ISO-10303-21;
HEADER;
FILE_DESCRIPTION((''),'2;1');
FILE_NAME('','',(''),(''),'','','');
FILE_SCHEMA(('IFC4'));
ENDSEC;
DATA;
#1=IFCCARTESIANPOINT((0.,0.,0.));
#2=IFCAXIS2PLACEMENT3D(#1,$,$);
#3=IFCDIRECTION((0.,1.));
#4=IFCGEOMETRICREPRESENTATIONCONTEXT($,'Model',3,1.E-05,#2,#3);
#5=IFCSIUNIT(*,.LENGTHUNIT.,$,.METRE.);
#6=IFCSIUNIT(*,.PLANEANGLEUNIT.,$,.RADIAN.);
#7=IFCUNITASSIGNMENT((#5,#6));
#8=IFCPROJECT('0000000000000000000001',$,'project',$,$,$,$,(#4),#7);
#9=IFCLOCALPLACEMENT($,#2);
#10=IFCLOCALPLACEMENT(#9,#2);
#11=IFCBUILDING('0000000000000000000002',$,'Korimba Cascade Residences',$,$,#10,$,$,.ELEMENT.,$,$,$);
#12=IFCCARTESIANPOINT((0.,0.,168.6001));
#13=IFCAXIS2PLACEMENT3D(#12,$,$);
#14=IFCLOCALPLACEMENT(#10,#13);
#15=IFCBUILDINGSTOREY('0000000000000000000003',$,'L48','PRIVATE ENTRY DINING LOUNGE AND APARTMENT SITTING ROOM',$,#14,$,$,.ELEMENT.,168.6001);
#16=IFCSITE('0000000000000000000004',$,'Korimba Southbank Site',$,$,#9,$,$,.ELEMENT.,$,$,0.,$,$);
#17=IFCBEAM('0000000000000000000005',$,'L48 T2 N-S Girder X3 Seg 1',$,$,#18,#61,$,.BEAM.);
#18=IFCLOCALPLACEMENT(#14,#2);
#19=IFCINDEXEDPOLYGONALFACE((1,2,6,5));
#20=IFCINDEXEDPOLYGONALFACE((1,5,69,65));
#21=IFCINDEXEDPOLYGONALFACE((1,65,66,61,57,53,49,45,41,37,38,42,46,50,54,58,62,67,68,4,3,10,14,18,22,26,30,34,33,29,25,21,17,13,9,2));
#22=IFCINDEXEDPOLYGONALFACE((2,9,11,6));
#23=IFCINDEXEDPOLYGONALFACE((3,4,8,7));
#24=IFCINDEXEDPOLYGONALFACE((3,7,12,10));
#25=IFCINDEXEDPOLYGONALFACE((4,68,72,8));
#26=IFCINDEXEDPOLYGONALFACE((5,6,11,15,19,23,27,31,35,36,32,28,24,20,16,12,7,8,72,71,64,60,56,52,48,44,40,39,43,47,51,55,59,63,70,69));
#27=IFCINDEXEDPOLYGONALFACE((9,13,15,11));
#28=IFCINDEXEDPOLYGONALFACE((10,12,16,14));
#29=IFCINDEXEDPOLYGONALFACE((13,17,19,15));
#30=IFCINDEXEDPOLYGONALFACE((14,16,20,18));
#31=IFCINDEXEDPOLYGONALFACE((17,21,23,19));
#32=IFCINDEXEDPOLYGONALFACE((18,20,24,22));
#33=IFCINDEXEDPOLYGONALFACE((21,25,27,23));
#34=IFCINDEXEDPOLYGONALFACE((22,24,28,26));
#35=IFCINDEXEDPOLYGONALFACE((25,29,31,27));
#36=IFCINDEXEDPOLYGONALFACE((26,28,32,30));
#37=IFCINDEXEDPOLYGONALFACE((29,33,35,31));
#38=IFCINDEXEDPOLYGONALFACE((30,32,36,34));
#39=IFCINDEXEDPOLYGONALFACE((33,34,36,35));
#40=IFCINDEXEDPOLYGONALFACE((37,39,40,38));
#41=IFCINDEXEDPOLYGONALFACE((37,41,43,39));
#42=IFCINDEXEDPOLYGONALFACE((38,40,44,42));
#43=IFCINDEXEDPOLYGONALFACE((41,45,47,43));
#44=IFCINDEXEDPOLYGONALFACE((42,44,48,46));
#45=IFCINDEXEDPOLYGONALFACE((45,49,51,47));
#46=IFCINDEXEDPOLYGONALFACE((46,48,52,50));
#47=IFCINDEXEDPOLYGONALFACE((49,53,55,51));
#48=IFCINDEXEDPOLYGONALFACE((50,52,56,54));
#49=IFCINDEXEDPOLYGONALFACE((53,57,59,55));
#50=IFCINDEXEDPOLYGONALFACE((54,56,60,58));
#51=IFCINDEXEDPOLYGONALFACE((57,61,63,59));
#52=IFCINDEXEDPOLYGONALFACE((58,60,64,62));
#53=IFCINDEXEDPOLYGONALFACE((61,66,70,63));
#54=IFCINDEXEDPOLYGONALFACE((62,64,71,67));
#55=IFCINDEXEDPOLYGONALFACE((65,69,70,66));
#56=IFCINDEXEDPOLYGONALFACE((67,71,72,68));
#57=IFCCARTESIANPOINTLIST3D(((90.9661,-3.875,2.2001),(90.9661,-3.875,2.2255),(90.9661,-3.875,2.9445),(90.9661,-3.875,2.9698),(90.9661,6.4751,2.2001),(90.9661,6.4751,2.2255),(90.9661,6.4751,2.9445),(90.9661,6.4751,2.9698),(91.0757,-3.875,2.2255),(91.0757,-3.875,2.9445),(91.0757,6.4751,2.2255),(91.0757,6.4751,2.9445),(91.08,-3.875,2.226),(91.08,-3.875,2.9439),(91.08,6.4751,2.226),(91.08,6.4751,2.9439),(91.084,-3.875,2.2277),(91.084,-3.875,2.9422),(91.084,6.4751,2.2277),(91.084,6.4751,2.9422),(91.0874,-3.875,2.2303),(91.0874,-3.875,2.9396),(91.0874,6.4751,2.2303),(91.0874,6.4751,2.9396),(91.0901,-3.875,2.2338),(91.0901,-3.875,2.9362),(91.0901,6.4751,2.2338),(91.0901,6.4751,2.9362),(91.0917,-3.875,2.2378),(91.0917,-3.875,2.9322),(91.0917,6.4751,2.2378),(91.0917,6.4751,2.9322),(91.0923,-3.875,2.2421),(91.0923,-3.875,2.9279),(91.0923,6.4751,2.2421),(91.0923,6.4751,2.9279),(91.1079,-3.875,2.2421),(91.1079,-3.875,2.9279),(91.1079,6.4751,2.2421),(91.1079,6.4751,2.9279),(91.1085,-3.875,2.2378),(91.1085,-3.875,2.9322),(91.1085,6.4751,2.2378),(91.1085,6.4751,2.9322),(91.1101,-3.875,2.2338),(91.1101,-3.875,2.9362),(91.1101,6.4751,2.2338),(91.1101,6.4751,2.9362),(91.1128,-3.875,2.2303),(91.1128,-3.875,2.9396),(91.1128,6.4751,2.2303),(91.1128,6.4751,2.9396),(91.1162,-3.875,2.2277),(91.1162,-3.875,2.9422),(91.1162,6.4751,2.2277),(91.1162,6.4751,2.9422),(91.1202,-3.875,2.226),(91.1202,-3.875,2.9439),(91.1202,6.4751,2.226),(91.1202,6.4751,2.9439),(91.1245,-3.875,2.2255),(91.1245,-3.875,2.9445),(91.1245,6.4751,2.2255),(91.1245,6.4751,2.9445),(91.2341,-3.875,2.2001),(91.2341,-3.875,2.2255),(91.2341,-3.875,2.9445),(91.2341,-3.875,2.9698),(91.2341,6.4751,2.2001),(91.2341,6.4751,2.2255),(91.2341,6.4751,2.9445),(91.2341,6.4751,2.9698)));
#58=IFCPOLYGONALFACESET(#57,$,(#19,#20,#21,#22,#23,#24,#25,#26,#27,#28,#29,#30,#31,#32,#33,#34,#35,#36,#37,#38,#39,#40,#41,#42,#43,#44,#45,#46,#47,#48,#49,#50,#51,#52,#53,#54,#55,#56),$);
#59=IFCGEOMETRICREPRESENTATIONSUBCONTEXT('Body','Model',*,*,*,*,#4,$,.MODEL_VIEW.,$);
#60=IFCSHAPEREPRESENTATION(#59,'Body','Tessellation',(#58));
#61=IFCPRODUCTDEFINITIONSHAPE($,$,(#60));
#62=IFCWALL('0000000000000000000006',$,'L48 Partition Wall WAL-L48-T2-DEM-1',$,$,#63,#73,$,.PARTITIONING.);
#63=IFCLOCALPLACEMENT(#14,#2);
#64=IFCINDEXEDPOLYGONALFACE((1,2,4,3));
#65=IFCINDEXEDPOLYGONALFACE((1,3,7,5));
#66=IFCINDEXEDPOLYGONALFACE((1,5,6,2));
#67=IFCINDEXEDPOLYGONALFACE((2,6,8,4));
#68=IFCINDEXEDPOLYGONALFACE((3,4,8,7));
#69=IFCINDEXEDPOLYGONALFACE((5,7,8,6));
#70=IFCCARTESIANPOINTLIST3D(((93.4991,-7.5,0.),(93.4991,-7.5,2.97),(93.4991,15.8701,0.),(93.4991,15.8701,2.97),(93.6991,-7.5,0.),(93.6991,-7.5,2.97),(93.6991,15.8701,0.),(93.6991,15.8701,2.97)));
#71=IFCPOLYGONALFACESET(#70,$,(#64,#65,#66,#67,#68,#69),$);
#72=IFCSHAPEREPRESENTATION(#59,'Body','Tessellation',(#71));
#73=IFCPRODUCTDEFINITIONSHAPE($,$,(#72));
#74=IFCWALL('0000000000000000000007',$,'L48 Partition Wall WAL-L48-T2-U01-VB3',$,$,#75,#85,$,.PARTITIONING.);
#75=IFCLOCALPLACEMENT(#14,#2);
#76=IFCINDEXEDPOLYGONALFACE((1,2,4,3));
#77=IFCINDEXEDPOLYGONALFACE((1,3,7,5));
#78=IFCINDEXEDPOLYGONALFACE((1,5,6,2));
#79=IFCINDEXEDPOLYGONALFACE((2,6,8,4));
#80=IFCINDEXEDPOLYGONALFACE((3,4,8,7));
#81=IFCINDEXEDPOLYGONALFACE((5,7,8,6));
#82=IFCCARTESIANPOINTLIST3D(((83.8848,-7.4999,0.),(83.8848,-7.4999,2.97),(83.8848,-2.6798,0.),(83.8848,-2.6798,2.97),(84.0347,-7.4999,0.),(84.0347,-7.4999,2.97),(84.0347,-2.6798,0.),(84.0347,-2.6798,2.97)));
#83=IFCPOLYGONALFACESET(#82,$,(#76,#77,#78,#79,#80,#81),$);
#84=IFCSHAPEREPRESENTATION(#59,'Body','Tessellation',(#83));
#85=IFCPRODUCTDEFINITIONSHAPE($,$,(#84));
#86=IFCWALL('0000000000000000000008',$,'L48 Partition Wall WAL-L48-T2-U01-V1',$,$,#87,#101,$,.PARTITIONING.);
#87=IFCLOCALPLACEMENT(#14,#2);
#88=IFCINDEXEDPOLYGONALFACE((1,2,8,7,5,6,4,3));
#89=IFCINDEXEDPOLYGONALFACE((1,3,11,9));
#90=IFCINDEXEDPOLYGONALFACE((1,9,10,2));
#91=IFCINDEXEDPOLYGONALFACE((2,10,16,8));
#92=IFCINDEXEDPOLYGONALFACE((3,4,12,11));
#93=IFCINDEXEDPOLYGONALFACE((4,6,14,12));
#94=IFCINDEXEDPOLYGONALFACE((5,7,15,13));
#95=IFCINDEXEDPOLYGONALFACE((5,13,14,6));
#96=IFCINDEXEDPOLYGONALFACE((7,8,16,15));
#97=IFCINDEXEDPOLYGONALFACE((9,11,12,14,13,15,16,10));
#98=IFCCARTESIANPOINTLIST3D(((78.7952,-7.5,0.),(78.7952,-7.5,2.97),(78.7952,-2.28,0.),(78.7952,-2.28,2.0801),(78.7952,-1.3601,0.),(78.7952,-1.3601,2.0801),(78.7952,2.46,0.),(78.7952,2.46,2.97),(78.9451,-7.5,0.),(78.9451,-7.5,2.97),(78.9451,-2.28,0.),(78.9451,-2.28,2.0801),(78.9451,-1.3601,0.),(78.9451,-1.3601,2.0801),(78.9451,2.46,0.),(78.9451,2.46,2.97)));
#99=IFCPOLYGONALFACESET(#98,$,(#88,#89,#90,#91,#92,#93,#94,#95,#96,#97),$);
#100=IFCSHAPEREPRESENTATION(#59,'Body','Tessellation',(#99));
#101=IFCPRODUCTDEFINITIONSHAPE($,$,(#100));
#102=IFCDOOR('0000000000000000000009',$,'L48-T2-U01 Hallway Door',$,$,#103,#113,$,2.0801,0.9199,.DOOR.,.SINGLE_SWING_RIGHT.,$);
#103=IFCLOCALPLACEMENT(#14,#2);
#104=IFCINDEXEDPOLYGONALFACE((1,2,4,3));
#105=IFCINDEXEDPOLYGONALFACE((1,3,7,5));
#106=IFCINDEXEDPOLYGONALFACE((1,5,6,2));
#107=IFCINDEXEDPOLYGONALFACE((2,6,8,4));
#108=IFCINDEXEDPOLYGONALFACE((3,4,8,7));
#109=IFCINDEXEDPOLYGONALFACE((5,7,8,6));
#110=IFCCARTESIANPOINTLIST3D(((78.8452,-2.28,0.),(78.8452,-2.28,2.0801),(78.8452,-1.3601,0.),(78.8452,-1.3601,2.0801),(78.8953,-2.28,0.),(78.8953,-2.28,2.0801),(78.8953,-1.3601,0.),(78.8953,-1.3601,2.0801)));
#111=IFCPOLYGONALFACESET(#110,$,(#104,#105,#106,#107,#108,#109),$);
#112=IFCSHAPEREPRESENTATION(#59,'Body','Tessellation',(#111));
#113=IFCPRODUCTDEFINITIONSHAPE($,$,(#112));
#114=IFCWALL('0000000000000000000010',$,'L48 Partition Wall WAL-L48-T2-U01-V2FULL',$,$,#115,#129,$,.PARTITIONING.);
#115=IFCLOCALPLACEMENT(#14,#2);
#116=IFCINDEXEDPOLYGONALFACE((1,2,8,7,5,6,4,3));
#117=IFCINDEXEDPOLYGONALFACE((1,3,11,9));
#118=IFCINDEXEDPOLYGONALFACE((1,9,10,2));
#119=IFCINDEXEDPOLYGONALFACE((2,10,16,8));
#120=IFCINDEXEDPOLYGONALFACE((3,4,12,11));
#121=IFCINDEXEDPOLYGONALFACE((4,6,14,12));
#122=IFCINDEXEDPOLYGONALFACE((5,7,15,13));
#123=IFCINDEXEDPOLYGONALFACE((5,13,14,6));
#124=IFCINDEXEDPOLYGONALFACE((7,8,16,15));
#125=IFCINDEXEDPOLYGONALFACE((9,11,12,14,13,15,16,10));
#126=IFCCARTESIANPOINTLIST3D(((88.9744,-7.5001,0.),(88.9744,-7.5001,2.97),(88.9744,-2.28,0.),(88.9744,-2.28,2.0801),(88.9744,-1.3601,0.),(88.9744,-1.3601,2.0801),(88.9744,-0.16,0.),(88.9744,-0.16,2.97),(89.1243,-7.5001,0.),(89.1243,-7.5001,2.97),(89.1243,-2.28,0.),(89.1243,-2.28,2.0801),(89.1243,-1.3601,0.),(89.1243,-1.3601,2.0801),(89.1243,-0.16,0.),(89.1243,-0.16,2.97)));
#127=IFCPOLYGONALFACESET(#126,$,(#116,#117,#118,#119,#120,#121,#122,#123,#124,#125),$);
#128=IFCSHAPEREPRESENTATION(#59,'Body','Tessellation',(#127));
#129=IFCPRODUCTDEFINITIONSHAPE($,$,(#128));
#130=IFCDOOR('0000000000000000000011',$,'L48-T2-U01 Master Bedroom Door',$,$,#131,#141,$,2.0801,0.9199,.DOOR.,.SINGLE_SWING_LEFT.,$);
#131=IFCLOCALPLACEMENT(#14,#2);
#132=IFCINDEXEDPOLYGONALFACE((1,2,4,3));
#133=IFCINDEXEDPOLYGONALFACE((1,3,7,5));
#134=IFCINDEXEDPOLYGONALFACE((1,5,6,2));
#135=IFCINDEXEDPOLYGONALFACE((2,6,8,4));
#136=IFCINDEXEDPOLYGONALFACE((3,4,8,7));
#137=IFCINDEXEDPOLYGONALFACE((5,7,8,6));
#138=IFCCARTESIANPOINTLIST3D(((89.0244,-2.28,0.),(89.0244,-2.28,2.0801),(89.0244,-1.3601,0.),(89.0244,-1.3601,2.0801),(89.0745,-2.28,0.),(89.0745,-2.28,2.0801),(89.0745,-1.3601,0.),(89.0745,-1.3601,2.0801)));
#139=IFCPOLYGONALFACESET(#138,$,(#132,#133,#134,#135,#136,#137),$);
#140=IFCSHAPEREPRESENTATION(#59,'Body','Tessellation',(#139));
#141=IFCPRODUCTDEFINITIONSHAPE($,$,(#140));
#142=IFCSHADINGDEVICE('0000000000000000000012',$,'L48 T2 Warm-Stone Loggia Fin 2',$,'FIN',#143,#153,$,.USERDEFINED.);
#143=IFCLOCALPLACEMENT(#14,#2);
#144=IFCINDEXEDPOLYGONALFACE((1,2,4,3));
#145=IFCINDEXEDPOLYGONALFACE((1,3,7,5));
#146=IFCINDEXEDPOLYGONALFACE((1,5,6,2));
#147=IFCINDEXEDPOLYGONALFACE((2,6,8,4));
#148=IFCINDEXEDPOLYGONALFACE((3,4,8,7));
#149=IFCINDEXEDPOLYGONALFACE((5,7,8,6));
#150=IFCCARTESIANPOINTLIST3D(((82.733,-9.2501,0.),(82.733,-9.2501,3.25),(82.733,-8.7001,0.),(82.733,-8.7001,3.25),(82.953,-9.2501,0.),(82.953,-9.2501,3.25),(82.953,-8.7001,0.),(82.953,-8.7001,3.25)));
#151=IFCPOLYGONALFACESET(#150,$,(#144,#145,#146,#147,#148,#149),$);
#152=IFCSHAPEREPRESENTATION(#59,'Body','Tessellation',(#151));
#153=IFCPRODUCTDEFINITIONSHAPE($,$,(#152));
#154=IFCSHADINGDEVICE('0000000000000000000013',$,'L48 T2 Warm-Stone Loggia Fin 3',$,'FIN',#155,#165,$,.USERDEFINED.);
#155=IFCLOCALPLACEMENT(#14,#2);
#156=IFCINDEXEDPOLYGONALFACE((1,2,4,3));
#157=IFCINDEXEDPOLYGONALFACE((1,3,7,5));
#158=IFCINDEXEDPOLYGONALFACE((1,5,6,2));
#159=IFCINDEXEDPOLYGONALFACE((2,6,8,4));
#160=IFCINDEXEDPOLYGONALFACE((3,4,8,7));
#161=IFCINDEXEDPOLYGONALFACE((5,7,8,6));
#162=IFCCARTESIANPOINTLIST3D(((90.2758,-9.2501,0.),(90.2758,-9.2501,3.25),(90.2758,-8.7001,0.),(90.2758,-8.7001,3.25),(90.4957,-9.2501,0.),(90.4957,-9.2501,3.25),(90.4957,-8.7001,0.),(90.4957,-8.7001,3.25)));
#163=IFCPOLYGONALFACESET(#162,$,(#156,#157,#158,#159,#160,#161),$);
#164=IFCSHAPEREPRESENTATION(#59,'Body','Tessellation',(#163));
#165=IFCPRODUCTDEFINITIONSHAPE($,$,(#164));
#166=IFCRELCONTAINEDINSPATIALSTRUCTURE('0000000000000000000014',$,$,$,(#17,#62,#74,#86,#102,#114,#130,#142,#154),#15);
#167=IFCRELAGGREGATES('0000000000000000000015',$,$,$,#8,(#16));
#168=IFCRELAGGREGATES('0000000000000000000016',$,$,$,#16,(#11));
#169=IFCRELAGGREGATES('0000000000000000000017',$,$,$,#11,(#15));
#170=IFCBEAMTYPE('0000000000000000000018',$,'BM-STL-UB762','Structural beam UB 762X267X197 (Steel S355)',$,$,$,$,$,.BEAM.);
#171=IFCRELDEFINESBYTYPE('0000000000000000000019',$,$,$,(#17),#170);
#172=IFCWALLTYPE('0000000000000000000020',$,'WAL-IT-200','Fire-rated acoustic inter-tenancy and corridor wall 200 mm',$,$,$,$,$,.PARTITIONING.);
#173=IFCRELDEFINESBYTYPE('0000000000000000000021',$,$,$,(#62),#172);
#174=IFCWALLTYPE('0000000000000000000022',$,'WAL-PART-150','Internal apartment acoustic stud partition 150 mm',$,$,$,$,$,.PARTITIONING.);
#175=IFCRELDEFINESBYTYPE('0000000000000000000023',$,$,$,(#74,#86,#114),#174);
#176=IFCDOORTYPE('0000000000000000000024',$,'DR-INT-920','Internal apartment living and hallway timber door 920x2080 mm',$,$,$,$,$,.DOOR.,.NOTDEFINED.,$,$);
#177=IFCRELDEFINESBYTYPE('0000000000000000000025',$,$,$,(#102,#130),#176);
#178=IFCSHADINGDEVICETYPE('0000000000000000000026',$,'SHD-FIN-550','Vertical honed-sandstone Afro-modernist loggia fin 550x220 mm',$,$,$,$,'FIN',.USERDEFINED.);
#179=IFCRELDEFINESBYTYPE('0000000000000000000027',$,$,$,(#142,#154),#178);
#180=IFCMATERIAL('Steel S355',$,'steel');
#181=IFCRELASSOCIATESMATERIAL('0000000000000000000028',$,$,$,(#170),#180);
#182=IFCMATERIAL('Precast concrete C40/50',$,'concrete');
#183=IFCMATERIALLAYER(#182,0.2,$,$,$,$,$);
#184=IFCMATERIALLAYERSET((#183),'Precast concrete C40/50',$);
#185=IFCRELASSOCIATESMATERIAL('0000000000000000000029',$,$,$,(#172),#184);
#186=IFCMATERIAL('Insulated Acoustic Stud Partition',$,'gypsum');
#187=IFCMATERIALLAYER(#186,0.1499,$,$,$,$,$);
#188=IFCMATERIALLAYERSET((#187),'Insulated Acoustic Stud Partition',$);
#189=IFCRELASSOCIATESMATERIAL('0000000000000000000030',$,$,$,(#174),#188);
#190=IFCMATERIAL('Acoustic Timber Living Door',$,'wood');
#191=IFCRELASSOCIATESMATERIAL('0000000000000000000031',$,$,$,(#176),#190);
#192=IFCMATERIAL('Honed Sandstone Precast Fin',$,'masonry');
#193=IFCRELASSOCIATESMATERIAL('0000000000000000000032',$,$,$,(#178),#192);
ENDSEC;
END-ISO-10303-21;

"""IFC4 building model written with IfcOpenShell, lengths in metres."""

from ifc_helpers import new_model, si_unit, direction, frame, frame_2d, origin, origin_2d, place, context, subcontext, project, spatial, rectangle, i_section, extrude, material, layer, layer_set, material_profile, profile_set, type_object, element, fill, save


model = new_model("IFC4")

# Units and contexts
model_context = context("Model", 3, precision=1e-05, world=origin(), true_north=direction((0.0, 1.0)))
body_context = subcontext(model_context, "Body", "Model", "MODEL_VIEW")
ifc_project = project(units=[si_unit("LENGTHUNIT", "METRE"), si_unit("PLANEANGLEUNIT", "RADIAN")], contexts=[model_context])

# Site, building, storey
site_placement = place(None, origin())
site = spatial("IfcSite", under=ifc_project, at=site_placement, Name="Korimba Southbank Site", CompositionType="ELEMENT", RefElevation=0.0)
building_placement = place(site_placement, origin())
building = spatial("IfcBuilding", under=site, at=building_placement, Name="Korimba Cascade Residences", CompositionType="ELEMENT")
storey_placement = place(building_placement, frame((0.0, 0.0, 168.6001)))
storey = spatial("IfcBuildingStorey", under=building, at=storey_placement, Name="L48", Description="PRIVATE ENTRY DINING LOUNGE AND APARTMENT SITTING ROOM", CompositionType="ELEMENT", Elevation=168.6001)

# Beam
ifc_material_1 = material(Name="Steel S355", Category="steel")
ifc_material_profile_1 = material_profile(ifc_material_1, i_section(OverallWidth=0.2681, OverallDepth=0.7698, WebThickness=0.0156, FlangeThickness=0.0254, FilletRadius=0.0166, at=origin_2d()), Name="Steel S355")
ifc_profile_set_1 = profile_set([ifc_material_profile_1], Name="Steel S355")
beam_type_1 = type_object("IfcBeamType", Name="BM-STL-UB762", Description="Structural beam UB 762X267X197 (Steel S355)", PredefinedType="BEAM", material=ifc_profile_set_1)
for number, where, z_axis, x_axis, name in (
    (1, (91.1001, -3.875, 2.585), (0.0, 1.0, 0.0), (-1.0, 0.0, 0.0), "L48 T2 N-S Girder X3 Seg 1"),
):
    element("IfcBeam", number, at=place(storey_placement, frame(where, z_axis=z_axis, x_axis=x_axis)), inside=storey, type_object=beam_type_1, Name=name, PredefinedType="BEAM", context=body_context, shape_type="SweptSolid", body=[
        extrude(i_section(OverallWidth=0.2681, OverallDepth=0.7698, WebThickness=0.0156, FlangeThickness=0.0254, FilletRadius=0.0166, at=origin_2d()), origin(), (0.0, 0.0, 1.0), 10.3501),
    ])

# Walls
ifc_material_2 = material(Name="Precast concrete C40/50", Category="concrete")
ifc_layer_1 = layer(ifc_material_2, 0.2)
ifc_layer_set_1 = layer_set([ifc_layer_1], Name="Precast concrete C40/50")
wall_type_1 = type_object("IfcWallType", Name="WAL-IT-200", Description="Fire-rated acoustic inter-tenancy and corridor wall 200 mm", PredefinedType="PARTITIONING", material=ifc_layer_set_1)
wall_1_placement = place(storey_placement, frame((93.5991, -7.5, 0.0), z_axis=(0.0, 0.0, 1.0), x_axis=(0.0, 1.0, 0.0)))
element("IfcWall", 2, at=wall_1_placement, inside=storey, type_object=wall_type_1, Name="L48 Partition Wall WAL-L48-T2-DEM-1", PredefinedType="PARTITIONING", context=body_context, shape_type="SweptSolid", body=[
    extrude(rectangle(XDim=23.3701, YDim=0.2, at=frame_2d((11.6851, 0.0))), origin(), (0.0, 0.0, 1.0), 2.97),
])
ifc_material_3 = material(Name="Insulated Acoustic Stud Partition", Category="gypsum")
ifc_layer_2 = layer(ifc_material_3, 0.1499)
ifc_layer_set_2 = layer_set([ifc_layer_2], Name="Insulated Acoustic Stud Partition")
wall_type_2 = type_object("IfcWallType", Name="WAL-PART-150", Description="Internal apartment acoustic stud partition 150 mm", PredefinedType="PARTITIONING", material=ifc_layer_set_2)
wall_2_placement = place(storey_placement, frame((83.9597, -7.5, 0.0), z_axis=(0.0, 0.0, 1.0), x_axis=(0.0, 1.0, 0.0)))
element("IfcWall", 3, at=wall_2_placement, inside=storey, type_object=wall_type_2, Name="L48 Partition Wall WAL-L48-T2-U01-VB3", PredefinedType="PARTITIONING", context=body_context, shape_type="SweptSolid", body=[
    extrude(rectangle(XDim=4.8201, YDim=0.1499, at=frame_2d((2.4102, 0.0))), origin(), (0.0, 0.0, 1.0), 2.97),
])

# Walls, openings, doors
wall_3_placement = place(storey_placement, frame((78.8701, -7.5, 0.0), z_axis=(0.0, 0.0, 1.0), x_axis=(0.0, 1.0, 0.0)))
wall_3 = element("IfcWall", 4, at=wall_3_placement, inside=storey, type_object=wall_type_2, Name="L48 Partition Wall WAL-L48-T2-U01-V1", PredefinedType="PARTITIONING", context=body_context, shape_type="SweptSolid", body=[
    extrude(rectangle(XDim=9.96, YDim=0.1499, at=frame_2d((4.98, 0.0))), origin(), (0.0, 0.0, 1.0), 2.97),
])
opening_1_placement = place(wall_3_placement, frame((5.22, 0.0, 0.0)))
opening_1 = element("IfcOpeningElement", 5, at=opening_1_placement, cuts=wall_3, PredefinedType="OPENING", context=body_context, shape_type="SweptSolid", body=[
    extrude(rectangle(XDim=0.9199, YDim=2.0801, at=frame_2d((0.46, 1.04))), frame((0.0, 0.085, 0.0), z_axis=(0.0, -1.0, 0.0), x_axis=(1.0, 0.0, 0.0)), (0.0, 0.0, 1.0), 0.1699),
])
ifc_material_4 = material(Name="Acoustic Timber Living Door", Category="wood")
door_type = type_object("IfcDoorType", Name="DR-INT-920", Description="Internal apartment living and hallway timber door 920x2080 mm", OperationType="NOTDEFINED", PredefinedType="DOOR", material=ifc_material_4)
door_1_placement = place(opening_1_placement, origin())
door_1 = element("IfcDoor", 6, at=door_1_placement, inside=storey, type_object=door_type, Name="L48-T2-U01 Hallway Door", OperationType="SINGLE_SWING_RIGHT", OverallHeight=2.0801, OverallWidth=0.9199, PredefinedType="DOOR", context=body_context, shape_type="SweptSolid", body=[
    extrude(rectangle(XDim=0.9199, YDim=2.0801, at=frame_2d((0.46, 1.04))), frame((0.0, 0.0249, 0.0), z_axis=(0.0, -1.0, 0.0), x_axis=(1.0, 0.0, 0.0)), (0.0, 0.0, 1.0), 0.05),
])
fill(opening_1, door_1)
wall_4_placement = place(storey_placement, frame((89.0493, -7.5, 0.0), z_axis=(0.0, 0.0, 1.0), x_axis=(0.0, 1.0, 0.0)))
wall_4 = element("IfcWall", 7, at=wall_4_placement, inside=storey, type_object=wall_type_2, Name="L48 Partition Wall WAL-L48-T2-U01-V2FULL", PredefinedType="PARTITIONING", context=body_context, shape_type="SweptSolid", body=[
    extrude(rectangle(XDim=7.3401, YDim=0.1499, at=frame_2d((3.6699, 0.0))), origin(), (0.0, 0.0, 1.0), 2.97),
])
opening_2_placement = place(wall_4_placement, frame((5.22, 0.0, 0.0)))
opening_2 = element("IfcOpeningElement", 8, at=opening_2_placement, cuts=wall_4, PredefinedType="OPENING", context=body_context, shape_type="SweptSolid", body=[
    extrude(rectangle(XDim=0.9199, YDim=2.0801, at=frame_2d((0.46, 1.04))), frame((0.0, 0.085, 0.0), z_axis=(0.0, -1.0, 0.0), x_axis=(1.0, 0.0, 0.0)), (0.0, 0.0, 1.0), 0.1699),
])
door_2_placement = place(opening_2_placement, origin())
door_2 = element("IfcDoor", 9, at=door_2_placement, inside=storey, type_object=door_type, Name="L48-T2-U01 Master Bedroom Door", OperationType="SINGLE_SWING_LEFT", OverallHeight=2.0801, OverallWidth=0.9199, PredefinedType="DOOR", context=body_context, shape_type="SweptSolid", body=[
    extrude(rectangle(XDim=0.9199, YDim=2.0801, at=frame_2d((0.46, 1.04))), frame((0.0, 0.0249, 0.0), z_axis=(0.0, -1.0, 0.0), x_axis=(1.0, 0.0, 0.0)), (0.0, 0.0, 1.0), 0.05),
])
fill(opening_2, door_2)

# Shading devices
ifc_material_5 = material(Name="Honed Sandstone Precast Fin", Category="masonry")
shading_device_type = type_object("IfcShadingDeviceType", Name="SHD-FIN-550", Description="Vertical honed-sandstone Afro-modernist loggia fin 550x220 mm", ElementType="FIN", PredefinedType="USERDEFINED", material=ifc_material_5)
for number, where, z_axis, x_axis, name in (
    (10, (82.843, -8.9751, 0.0), (0.0, 0.0, 1.0), (1.0, 0.0, 0.0), "L48 T2 Warm-Stone Loggia Fin 2"),
    (11, (90.3857, -8.9751, 0.0), (0.0, 0.0, 1.0), (1.0, 0.0, 0.0), "L48 T2 Warm-Stone Loggia Fin 3"),
):
    element("IfcShadingDevice", number, at=place(storey_placement, frame(where, z_axis=z_axis, x_axis=x_axis)), inside=storey, type_object=shading_device_type, Name=name, ObjectType="FIN", PredefinedType="USERDEFINED", context=body_context, shape_type="SweptSolid", body=[
        extrude(rectangle(XDim=0.22, YDim=0.55, at=origin_2d()), origin(), (0.0, 0.0, 1.0), 3.25),
    ])

save(model, "model.ifc")
